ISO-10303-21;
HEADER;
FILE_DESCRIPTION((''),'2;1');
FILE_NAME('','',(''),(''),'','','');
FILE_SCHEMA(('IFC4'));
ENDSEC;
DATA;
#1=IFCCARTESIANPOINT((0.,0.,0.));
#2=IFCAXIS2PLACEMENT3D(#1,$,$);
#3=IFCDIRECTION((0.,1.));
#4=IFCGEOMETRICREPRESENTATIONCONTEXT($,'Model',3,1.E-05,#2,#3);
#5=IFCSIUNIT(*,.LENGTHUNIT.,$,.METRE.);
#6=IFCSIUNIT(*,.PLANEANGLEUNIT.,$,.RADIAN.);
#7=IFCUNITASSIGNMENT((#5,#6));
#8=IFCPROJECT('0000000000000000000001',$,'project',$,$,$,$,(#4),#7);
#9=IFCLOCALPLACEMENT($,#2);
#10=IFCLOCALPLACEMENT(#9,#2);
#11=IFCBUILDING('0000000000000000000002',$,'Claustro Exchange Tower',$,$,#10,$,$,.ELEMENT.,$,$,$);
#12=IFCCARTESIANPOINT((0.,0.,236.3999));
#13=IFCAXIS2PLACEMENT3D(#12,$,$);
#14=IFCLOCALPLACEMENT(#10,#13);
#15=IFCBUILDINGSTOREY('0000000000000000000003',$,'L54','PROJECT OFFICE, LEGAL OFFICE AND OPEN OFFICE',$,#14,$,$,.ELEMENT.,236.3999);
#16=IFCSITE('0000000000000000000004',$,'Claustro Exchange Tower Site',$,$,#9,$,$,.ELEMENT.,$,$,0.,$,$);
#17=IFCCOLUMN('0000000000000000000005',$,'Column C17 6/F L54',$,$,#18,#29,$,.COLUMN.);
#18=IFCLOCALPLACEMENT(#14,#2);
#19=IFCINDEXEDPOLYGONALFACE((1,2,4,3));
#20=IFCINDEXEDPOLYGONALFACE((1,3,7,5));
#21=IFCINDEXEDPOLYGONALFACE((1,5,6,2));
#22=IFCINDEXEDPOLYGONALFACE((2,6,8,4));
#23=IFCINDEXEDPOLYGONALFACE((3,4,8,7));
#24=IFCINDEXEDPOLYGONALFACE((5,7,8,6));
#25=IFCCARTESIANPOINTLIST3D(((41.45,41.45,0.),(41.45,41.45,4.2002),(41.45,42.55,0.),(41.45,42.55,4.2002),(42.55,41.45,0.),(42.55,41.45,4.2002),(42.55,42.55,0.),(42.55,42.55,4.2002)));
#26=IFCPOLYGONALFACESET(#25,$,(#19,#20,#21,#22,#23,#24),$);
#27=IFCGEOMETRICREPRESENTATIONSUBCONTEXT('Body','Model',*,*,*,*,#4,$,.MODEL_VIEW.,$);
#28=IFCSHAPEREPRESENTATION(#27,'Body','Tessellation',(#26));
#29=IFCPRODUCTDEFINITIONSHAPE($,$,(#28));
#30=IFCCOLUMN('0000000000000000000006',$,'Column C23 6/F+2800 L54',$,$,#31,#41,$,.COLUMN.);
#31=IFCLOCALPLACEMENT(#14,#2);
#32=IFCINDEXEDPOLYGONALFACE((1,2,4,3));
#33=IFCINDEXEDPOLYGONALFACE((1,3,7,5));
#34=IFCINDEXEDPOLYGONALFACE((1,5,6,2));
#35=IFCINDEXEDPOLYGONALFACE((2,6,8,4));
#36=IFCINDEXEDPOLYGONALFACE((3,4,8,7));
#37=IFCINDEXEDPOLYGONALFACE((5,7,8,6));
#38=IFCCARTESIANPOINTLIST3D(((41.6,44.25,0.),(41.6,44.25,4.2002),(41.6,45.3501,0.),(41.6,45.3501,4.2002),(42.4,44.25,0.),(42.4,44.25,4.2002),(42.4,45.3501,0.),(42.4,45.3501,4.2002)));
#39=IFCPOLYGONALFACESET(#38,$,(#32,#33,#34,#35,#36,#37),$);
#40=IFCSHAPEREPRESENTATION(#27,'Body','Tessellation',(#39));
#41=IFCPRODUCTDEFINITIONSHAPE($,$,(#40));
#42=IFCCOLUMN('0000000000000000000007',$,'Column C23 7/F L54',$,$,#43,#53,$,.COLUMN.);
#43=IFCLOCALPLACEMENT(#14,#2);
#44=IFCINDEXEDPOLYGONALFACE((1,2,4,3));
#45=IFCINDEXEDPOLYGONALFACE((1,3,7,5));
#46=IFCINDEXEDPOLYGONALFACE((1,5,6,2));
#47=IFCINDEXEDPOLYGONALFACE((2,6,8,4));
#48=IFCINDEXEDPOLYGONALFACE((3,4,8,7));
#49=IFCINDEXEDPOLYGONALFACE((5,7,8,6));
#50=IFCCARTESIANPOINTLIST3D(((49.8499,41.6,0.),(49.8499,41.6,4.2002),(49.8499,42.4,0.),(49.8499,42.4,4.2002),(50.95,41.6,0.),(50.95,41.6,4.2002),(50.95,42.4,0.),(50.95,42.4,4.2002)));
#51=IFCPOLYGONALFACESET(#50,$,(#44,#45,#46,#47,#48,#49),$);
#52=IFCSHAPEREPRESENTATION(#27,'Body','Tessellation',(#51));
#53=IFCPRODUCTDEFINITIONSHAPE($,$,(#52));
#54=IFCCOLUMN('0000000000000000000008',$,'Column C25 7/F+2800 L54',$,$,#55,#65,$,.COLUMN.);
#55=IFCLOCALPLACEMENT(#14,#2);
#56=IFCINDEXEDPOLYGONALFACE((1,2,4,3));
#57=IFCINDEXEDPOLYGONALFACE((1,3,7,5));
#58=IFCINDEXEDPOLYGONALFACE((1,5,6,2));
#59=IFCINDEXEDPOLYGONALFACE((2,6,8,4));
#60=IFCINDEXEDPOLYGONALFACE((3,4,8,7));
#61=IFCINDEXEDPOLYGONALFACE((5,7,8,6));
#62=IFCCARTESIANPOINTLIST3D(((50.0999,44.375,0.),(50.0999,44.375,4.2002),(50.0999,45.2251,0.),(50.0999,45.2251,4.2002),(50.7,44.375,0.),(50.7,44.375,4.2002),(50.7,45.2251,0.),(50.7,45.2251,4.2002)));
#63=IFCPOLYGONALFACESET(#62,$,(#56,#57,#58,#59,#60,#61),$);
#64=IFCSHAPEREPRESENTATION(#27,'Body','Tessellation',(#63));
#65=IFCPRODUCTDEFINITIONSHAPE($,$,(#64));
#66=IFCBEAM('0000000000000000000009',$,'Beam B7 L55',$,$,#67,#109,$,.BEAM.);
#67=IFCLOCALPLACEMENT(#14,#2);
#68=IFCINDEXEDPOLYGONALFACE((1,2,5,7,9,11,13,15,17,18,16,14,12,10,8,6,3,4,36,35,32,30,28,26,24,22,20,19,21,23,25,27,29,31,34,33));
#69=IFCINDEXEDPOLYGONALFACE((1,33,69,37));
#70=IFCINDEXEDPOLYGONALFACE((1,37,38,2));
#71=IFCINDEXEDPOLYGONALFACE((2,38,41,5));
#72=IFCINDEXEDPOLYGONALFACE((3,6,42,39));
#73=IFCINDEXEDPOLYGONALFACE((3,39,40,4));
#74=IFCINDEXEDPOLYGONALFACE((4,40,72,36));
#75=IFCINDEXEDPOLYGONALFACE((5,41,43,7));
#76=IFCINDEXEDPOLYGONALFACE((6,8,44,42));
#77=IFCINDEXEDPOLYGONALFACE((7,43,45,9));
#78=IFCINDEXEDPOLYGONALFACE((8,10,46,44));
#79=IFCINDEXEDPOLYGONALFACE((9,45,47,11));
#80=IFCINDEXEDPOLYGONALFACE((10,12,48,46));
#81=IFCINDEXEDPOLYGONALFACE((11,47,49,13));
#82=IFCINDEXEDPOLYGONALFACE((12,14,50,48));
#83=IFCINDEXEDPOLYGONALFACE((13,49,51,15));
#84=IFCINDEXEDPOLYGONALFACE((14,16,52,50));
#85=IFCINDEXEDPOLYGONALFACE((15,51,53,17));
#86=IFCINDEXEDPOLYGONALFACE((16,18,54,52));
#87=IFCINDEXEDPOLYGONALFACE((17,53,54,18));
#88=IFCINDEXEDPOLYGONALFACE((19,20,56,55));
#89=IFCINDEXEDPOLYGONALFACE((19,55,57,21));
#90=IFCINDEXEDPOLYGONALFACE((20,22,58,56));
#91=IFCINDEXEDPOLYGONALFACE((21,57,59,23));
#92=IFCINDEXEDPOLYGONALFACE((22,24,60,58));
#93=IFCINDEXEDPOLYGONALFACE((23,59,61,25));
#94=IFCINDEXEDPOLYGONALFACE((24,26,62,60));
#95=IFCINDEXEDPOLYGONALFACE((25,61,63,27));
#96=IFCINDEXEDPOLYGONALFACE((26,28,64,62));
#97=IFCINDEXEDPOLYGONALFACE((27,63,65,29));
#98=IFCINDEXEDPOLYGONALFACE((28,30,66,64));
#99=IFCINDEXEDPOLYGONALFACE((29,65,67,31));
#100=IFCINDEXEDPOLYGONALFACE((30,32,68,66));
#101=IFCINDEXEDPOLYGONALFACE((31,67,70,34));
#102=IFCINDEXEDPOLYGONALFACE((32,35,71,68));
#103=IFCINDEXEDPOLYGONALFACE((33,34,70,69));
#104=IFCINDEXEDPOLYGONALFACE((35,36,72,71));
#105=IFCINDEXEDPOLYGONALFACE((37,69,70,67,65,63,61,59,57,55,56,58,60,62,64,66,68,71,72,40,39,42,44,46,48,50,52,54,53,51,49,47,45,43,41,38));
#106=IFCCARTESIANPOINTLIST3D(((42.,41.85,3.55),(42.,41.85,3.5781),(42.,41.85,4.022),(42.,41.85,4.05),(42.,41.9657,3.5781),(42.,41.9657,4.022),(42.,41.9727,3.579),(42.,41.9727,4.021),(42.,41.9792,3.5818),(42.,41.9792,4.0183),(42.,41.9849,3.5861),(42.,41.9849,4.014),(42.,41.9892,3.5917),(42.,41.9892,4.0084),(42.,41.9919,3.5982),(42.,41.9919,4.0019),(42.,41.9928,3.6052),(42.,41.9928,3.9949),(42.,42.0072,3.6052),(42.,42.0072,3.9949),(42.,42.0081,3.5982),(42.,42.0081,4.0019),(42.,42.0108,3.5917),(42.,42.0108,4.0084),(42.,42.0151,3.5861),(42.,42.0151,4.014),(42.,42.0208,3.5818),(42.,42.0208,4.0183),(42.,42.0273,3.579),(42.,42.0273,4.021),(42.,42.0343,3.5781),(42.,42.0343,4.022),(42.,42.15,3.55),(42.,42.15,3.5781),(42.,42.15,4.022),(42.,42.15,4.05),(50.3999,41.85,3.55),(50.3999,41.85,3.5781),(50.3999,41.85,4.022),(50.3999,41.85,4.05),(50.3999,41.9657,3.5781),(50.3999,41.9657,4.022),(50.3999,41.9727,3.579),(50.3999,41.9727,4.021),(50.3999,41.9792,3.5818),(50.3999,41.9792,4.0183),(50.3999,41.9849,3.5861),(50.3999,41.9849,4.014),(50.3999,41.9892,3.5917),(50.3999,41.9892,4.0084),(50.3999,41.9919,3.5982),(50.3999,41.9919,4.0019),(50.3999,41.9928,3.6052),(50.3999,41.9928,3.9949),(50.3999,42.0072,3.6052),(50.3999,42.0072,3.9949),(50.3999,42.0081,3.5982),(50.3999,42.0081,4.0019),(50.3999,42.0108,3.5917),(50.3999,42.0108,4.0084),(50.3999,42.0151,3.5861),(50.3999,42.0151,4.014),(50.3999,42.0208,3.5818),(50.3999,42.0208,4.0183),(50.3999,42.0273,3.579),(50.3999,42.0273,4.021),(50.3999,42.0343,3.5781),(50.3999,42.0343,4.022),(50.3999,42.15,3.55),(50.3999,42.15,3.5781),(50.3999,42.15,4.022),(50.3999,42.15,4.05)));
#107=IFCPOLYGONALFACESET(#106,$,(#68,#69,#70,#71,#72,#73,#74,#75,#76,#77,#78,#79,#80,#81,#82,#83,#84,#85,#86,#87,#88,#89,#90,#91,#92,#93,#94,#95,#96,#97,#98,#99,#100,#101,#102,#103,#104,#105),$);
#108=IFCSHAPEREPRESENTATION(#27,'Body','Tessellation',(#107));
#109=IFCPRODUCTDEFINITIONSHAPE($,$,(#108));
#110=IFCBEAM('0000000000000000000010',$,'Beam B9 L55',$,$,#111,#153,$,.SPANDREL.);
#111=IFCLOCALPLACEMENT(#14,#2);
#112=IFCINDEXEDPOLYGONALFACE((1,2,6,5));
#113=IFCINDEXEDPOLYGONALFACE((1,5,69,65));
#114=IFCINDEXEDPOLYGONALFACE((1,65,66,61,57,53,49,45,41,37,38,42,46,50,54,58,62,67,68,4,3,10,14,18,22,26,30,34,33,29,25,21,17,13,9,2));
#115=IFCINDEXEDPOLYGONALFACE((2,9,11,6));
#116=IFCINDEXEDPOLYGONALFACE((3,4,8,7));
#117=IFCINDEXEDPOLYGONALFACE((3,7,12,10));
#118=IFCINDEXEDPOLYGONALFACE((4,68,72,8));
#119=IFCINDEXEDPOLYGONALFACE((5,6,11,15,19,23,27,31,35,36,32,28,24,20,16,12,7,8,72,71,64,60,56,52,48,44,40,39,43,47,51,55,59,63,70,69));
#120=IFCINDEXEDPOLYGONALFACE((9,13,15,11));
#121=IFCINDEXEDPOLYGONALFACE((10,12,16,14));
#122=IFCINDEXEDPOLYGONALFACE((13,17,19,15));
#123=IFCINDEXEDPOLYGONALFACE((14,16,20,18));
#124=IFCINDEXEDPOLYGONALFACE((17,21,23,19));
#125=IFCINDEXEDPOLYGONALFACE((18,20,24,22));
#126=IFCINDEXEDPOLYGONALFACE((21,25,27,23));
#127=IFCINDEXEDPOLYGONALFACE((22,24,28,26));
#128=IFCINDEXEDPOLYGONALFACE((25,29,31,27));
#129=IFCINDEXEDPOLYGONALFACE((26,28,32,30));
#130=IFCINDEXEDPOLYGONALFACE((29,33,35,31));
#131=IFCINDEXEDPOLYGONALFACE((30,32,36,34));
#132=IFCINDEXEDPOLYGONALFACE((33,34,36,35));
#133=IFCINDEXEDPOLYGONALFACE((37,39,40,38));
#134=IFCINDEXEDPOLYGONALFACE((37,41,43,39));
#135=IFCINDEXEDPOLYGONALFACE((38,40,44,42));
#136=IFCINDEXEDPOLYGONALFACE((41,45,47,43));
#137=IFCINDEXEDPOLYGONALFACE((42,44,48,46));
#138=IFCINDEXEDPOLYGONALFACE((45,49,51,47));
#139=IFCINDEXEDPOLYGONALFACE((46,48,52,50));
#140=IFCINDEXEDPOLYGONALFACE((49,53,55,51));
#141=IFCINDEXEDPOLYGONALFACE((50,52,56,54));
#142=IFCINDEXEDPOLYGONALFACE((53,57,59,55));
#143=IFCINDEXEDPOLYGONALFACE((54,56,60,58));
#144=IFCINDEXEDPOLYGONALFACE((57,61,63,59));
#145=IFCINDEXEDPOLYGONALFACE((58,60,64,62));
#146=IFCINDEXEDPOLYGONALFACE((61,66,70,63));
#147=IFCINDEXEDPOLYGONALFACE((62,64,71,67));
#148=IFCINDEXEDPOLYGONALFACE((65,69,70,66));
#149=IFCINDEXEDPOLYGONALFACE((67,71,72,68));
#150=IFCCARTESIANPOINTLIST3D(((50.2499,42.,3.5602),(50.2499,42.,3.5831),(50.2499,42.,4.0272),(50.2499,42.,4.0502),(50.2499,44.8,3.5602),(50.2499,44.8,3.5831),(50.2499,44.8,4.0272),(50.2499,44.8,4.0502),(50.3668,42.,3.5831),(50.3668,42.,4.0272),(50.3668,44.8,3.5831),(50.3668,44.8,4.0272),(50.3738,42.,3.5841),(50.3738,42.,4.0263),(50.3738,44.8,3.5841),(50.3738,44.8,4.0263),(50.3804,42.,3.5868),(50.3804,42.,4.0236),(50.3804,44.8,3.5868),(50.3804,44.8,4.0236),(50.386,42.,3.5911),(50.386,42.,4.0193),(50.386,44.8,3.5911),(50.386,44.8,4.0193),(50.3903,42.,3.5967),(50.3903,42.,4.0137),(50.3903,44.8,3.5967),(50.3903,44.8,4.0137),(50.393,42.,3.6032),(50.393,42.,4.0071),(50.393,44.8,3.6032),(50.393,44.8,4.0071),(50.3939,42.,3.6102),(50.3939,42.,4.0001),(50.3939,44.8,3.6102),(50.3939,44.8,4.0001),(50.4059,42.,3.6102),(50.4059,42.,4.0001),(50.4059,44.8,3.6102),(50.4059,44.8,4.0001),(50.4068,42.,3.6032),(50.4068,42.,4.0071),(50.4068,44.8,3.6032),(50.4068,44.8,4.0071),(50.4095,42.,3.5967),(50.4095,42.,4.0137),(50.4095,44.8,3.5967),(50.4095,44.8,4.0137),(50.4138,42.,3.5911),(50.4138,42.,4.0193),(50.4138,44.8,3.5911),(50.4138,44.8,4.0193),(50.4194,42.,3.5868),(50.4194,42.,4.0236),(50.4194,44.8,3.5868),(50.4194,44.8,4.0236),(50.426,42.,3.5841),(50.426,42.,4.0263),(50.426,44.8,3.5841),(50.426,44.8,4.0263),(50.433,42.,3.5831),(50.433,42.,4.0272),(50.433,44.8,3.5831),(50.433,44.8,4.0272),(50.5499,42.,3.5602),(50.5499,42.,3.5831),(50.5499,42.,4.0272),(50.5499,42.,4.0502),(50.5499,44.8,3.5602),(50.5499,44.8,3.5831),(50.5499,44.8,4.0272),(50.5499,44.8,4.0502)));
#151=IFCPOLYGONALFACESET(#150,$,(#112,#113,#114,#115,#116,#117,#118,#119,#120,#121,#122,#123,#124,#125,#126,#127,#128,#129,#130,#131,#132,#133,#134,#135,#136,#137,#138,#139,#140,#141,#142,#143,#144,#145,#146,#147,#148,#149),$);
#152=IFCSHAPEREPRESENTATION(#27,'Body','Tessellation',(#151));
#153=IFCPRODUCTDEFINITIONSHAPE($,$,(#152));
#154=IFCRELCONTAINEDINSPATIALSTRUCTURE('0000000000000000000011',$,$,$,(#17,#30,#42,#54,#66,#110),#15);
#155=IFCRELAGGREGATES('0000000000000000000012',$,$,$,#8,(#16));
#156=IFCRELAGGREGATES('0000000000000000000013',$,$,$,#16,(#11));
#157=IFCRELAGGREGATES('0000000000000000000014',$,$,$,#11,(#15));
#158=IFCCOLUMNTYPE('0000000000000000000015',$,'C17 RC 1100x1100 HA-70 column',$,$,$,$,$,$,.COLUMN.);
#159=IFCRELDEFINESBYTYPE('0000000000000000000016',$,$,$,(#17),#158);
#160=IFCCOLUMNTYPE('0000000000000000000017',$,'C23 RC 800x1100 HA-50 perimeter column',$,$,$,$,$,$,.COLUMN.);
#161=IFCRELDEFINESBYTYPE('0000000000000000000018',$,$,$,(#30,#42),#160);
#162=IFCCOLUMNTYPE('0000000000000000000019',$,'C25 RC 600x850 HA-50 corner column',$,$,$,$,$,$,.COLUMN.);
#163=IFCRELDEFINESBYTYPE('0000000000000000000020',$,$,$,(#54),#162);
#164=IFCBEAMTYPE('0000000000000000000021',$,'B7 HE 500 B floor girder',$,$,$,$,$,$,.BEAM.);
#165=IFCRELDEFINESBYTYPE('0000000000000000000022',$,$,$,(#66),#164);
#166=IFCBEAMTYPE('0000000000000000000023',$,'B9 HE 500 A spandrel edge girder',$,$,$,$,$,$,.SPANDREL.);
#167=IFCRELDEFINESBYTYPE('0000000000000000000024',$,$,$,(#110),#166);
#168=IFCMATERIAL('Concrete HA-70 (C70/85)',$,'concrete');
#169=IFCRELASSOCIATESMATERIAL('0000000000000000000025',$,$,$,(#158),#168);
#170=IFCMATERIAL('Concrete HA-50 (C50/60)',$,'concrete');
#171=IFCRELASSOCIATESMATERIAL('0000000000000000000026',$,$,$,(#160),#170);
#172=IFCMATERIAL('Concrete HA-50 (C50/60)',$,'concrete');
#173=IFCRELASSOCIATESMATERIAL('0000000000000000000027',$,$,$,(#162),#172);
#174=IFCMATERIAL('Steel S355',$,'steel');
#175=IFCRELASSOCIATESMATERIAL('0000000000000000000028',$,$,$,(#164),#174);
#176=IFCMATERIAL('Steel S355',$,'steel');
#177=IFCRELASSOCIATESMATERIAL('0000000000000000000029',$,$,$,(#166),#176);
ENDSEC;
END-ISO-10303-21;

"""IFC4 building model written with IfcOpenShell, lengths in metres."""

from ifc_helpers import new_model, si_unit, direction, frame, origin, origin_2d, place, context, subcontext, project, spatial, rectangle, i_section, extrude, material, material_profile, profile_set, type_object, element, save


model = new_model("IFC4")

# Units and contexts
model_context = context("Model", 3, precision=1e-05, world=origin(), true_north=direction((0.0, 1.0)))
body_context = subcontext(model_context, "Body", "Model", "MODEL_VIEW")
ifc_project = project(units=[si_unit("LENGTHUNIT", "METRE"), si_unit("PLANEANGLEUNIT", "RADIAN")], contexts=[model_context])

# Site, building, storey
site_placement = place(None, origin())
site = spatial("IfcSite", under=ifc_project, at=site_placement, Name="Claustro Exchange Tower Site", CompositionType="ELEMENT", RefElevation=0.0)
building_placement = place(site_placement, origin())
building = spatial("IfcBuilding", under=site, at=building_placement, Name="Claustro Exchange Tower", CompositionType="ELEMENT")
storey_placement = place(building_placement, frame((0.0, 0.0, 236.3999)))
storey = spatial("IfcBuildingStorey", under=building, at=storey_placement, Name="L54", Description="PROJECT OFFICE, LEGAL OFFICE AND OPEN OFFICE", CompositionType="ELEMENT", Elevation=236.3999)

# Columns
ifc_material_1 = material(Name="Concrete HA-70 (C70/85)", Category="concrete")
ifc_material_profile_1 = material_profile(ifc_material_1, rectangle(XDim=1.1001, YDim=1.1001, at=origin_2d()), Name="RC 1100x1100")
ifc_profile_set_1 = profile_set([ifc_material_profile_1], Name="Concrete HA-70 (C70/85)")
column_type_1 = type_object("IfcColumnType", Name="C17 RC 1100x1100 HA-70 column", PredefinedType="COLUMN", material=ifc_profile_set_1)
column_1_placement = place(storey_placement, frame((42.0, 42.0, 0.0), z_axis=(0.0, 0.0, 1.0), x_axis=(1.0, 0.0, 0.0)))
element("IfcColumn", 1, at=column_1_placement, inside=storey, type_object=column_type_1, Name="Column C17 6/F L54", PredefinedType="COLUMN", context=body_context, shape_type="SweptSolid", body=[
    extrude(rectangle(XDim=1.1001, YDim=1.1001, at=origin_2d()), origin(), (0.0, 0.0, 1.0), 4.2002),
])
ifc_material_2 = material(Name="Concrete HA-50 (C50/60)", Category="concrete")
ifc_material_profile_2 = material_profile(ifc_material_2, rectangle(XDim=0.8, YDim=1.1001, at=origin_2d()), Name="RC 800x1100")
ifc_profile_set_2 = profile_set([ifc_material_profile_2], Name="Concrete HA-50 (C50/60)")
column_type_2 = type_object("IfcColumnType", Name="C23 RC 800x1100 HA-50 perimeter column", PredefinedType="COLUMN", material=ifc_profile_set_2)
for number, where, z_axis, x_axis, name in (
    (2, (42.0, 44.8, 0.0), (0.0, 0.0, 1.0), (1.0, 0.0, 0.0), "Column C23 6/F+2800 L54"),
    (3, (50.3999, 42.0, 0.0), (0.0, 0.0, 1.0), (0.0, 1.0, 0.0), "Column C23 7/F L54"),
):
    element("IfcColumn", number, at=place(storey_placement, frame(where, z_axis=z_axis, x_axis=x_axis)), inside=storey, type_object=column_type_2, Name=name, PredefinedType="COLUMN", context=body_context, shape_type="SweptSolid", body=[
        extrude(rectangle(XDim=0.8, YDim=1.1001, at=origin_2d()), origin(), (0.0, 0.0, 1.0), 4.2002),
    ])
ifc_material_3 = material(Name="Concrete HA-50 (C50/60)", Category="concrete")
ifc_material_profile_3 = material_profile(ifc_material_3, rectangle(XDim=0.6001, YDim=0.8501, at=origin_2d()), Name="RC 600x850")
ifc_profile_set_3 = profile_set([ifc_material_profile_3], Name="Concrete HA-50 (C50/60)")
column_type_3 = type_object("IfcColumnType", Name="C25 RC 600x850 HA-50 corner column", PredefinedType="COLUMN", material=ifc_profile_set_3)
column_2_placement = place(storey_placement, frame((50.3999, 44.8, 0.0), z_axis=(0.0, 0.0, 1.0), x_axis=(1.0, 0.0, 0.0)))
element("IfcColumn", 4, at=column_2_placement, inside=storey, type_object=column_type_3, Name="Column C25 7/F+2800 L54", PredefinedType="COLUMN", context=body_context, shape_type="SweptSolid", body=[
    extrude(rectangle(XDim=0.6001, YDim=0.8501, at=origin_2d()), origin(), (0.0, 0.0, 1.0), 4.2002),
])

# Beams
ifc_material_4 = material(Name="Steel S355", Category="steel")
ifc_material_profile_4 = material_profile(ifc_material_4, i_section(OverallWidth=0.3, OverallDepth=0.5, WebThickness=0.0144, FlangeThickness=0.0281, FilletRadius=0.0271, at=origin_2d()), Name="HE 500 B")
ifc_profile_set_4 = profile_set([ifc_material_profile_4], Name="Steel S355")
beam_type_1 = type_object("IfcBeamType", Name="B7 HE 500 B floor girder", PredefinedType="BEAM", material=ifc_profile_set_4)
beam_1_placement = place(storey_placement, frame((42.0, 42.0, 3.8), z_axis=(1.0, 0.0, 0.0), x_axis=(0.0, 1.0, 0.0)))
element("IfcBeam", 5, at=beam_1_placement, inside=storey, type_object=beam_type_1, Name="Beam B7 L55", PredefinedType="BEAM", context=body_context, shape_type="SweptSolid", body=[
    extrude(i_section(OverallWidth=0.3, OverallDepth=0.5, WebThickness=0.0144, FlangeThickness=0.0281, FilletRadius=0.0271, at=origin_2d()), origin(), (0.0, 0.0, 1.0), 8.3999),
])
ifc_material_5 = material(Name="Steel S355", Category="steel")
ifc_material_profile_5 = material_profile(ifc_material_5, i_section(OverallWidth=0.3, OverallDepth=0.49, WebThickness=0.012, FlangeThickness=0.0229, FilletRadius=0.0271, at=origin_2d()), Name="HE 500 A")
ifc_profile_set_5 = profile_set([ifc_material_profile_5], Name="Steel S355")
beam_type_2 = type_object("IfcBeamType", Name="B9 HE 500 A spandrel edge girder", PredefinedType="SPANDREL", material=ifc_profile_set_5)
beam_2_placement = place(storey_placement, frame((50.3999, 42.0, 3.8052), z_axis=(0.0, 1.0, 0.0), x_axis=(-1.0, 0.0, 0.0)))
element("IfcBeam", 6, at=beam_2_placement, inside=storey, type_object=beam_type_2, Name="Beam B9 L55", PredefinedType="SPANDREL", context=body_context, shape_type="SweptSolid", body=[
    extrude(i_section(OverallWidth=0.3, OverallDepth=0.49, WebThickness=0.012, FlangeThickness=0.0229, FilletRadius=0.0271, at=origin_2d()), origin(), (0.0, 0.0, 1.0), 2.8),
])

save(model, "model.ifc")
